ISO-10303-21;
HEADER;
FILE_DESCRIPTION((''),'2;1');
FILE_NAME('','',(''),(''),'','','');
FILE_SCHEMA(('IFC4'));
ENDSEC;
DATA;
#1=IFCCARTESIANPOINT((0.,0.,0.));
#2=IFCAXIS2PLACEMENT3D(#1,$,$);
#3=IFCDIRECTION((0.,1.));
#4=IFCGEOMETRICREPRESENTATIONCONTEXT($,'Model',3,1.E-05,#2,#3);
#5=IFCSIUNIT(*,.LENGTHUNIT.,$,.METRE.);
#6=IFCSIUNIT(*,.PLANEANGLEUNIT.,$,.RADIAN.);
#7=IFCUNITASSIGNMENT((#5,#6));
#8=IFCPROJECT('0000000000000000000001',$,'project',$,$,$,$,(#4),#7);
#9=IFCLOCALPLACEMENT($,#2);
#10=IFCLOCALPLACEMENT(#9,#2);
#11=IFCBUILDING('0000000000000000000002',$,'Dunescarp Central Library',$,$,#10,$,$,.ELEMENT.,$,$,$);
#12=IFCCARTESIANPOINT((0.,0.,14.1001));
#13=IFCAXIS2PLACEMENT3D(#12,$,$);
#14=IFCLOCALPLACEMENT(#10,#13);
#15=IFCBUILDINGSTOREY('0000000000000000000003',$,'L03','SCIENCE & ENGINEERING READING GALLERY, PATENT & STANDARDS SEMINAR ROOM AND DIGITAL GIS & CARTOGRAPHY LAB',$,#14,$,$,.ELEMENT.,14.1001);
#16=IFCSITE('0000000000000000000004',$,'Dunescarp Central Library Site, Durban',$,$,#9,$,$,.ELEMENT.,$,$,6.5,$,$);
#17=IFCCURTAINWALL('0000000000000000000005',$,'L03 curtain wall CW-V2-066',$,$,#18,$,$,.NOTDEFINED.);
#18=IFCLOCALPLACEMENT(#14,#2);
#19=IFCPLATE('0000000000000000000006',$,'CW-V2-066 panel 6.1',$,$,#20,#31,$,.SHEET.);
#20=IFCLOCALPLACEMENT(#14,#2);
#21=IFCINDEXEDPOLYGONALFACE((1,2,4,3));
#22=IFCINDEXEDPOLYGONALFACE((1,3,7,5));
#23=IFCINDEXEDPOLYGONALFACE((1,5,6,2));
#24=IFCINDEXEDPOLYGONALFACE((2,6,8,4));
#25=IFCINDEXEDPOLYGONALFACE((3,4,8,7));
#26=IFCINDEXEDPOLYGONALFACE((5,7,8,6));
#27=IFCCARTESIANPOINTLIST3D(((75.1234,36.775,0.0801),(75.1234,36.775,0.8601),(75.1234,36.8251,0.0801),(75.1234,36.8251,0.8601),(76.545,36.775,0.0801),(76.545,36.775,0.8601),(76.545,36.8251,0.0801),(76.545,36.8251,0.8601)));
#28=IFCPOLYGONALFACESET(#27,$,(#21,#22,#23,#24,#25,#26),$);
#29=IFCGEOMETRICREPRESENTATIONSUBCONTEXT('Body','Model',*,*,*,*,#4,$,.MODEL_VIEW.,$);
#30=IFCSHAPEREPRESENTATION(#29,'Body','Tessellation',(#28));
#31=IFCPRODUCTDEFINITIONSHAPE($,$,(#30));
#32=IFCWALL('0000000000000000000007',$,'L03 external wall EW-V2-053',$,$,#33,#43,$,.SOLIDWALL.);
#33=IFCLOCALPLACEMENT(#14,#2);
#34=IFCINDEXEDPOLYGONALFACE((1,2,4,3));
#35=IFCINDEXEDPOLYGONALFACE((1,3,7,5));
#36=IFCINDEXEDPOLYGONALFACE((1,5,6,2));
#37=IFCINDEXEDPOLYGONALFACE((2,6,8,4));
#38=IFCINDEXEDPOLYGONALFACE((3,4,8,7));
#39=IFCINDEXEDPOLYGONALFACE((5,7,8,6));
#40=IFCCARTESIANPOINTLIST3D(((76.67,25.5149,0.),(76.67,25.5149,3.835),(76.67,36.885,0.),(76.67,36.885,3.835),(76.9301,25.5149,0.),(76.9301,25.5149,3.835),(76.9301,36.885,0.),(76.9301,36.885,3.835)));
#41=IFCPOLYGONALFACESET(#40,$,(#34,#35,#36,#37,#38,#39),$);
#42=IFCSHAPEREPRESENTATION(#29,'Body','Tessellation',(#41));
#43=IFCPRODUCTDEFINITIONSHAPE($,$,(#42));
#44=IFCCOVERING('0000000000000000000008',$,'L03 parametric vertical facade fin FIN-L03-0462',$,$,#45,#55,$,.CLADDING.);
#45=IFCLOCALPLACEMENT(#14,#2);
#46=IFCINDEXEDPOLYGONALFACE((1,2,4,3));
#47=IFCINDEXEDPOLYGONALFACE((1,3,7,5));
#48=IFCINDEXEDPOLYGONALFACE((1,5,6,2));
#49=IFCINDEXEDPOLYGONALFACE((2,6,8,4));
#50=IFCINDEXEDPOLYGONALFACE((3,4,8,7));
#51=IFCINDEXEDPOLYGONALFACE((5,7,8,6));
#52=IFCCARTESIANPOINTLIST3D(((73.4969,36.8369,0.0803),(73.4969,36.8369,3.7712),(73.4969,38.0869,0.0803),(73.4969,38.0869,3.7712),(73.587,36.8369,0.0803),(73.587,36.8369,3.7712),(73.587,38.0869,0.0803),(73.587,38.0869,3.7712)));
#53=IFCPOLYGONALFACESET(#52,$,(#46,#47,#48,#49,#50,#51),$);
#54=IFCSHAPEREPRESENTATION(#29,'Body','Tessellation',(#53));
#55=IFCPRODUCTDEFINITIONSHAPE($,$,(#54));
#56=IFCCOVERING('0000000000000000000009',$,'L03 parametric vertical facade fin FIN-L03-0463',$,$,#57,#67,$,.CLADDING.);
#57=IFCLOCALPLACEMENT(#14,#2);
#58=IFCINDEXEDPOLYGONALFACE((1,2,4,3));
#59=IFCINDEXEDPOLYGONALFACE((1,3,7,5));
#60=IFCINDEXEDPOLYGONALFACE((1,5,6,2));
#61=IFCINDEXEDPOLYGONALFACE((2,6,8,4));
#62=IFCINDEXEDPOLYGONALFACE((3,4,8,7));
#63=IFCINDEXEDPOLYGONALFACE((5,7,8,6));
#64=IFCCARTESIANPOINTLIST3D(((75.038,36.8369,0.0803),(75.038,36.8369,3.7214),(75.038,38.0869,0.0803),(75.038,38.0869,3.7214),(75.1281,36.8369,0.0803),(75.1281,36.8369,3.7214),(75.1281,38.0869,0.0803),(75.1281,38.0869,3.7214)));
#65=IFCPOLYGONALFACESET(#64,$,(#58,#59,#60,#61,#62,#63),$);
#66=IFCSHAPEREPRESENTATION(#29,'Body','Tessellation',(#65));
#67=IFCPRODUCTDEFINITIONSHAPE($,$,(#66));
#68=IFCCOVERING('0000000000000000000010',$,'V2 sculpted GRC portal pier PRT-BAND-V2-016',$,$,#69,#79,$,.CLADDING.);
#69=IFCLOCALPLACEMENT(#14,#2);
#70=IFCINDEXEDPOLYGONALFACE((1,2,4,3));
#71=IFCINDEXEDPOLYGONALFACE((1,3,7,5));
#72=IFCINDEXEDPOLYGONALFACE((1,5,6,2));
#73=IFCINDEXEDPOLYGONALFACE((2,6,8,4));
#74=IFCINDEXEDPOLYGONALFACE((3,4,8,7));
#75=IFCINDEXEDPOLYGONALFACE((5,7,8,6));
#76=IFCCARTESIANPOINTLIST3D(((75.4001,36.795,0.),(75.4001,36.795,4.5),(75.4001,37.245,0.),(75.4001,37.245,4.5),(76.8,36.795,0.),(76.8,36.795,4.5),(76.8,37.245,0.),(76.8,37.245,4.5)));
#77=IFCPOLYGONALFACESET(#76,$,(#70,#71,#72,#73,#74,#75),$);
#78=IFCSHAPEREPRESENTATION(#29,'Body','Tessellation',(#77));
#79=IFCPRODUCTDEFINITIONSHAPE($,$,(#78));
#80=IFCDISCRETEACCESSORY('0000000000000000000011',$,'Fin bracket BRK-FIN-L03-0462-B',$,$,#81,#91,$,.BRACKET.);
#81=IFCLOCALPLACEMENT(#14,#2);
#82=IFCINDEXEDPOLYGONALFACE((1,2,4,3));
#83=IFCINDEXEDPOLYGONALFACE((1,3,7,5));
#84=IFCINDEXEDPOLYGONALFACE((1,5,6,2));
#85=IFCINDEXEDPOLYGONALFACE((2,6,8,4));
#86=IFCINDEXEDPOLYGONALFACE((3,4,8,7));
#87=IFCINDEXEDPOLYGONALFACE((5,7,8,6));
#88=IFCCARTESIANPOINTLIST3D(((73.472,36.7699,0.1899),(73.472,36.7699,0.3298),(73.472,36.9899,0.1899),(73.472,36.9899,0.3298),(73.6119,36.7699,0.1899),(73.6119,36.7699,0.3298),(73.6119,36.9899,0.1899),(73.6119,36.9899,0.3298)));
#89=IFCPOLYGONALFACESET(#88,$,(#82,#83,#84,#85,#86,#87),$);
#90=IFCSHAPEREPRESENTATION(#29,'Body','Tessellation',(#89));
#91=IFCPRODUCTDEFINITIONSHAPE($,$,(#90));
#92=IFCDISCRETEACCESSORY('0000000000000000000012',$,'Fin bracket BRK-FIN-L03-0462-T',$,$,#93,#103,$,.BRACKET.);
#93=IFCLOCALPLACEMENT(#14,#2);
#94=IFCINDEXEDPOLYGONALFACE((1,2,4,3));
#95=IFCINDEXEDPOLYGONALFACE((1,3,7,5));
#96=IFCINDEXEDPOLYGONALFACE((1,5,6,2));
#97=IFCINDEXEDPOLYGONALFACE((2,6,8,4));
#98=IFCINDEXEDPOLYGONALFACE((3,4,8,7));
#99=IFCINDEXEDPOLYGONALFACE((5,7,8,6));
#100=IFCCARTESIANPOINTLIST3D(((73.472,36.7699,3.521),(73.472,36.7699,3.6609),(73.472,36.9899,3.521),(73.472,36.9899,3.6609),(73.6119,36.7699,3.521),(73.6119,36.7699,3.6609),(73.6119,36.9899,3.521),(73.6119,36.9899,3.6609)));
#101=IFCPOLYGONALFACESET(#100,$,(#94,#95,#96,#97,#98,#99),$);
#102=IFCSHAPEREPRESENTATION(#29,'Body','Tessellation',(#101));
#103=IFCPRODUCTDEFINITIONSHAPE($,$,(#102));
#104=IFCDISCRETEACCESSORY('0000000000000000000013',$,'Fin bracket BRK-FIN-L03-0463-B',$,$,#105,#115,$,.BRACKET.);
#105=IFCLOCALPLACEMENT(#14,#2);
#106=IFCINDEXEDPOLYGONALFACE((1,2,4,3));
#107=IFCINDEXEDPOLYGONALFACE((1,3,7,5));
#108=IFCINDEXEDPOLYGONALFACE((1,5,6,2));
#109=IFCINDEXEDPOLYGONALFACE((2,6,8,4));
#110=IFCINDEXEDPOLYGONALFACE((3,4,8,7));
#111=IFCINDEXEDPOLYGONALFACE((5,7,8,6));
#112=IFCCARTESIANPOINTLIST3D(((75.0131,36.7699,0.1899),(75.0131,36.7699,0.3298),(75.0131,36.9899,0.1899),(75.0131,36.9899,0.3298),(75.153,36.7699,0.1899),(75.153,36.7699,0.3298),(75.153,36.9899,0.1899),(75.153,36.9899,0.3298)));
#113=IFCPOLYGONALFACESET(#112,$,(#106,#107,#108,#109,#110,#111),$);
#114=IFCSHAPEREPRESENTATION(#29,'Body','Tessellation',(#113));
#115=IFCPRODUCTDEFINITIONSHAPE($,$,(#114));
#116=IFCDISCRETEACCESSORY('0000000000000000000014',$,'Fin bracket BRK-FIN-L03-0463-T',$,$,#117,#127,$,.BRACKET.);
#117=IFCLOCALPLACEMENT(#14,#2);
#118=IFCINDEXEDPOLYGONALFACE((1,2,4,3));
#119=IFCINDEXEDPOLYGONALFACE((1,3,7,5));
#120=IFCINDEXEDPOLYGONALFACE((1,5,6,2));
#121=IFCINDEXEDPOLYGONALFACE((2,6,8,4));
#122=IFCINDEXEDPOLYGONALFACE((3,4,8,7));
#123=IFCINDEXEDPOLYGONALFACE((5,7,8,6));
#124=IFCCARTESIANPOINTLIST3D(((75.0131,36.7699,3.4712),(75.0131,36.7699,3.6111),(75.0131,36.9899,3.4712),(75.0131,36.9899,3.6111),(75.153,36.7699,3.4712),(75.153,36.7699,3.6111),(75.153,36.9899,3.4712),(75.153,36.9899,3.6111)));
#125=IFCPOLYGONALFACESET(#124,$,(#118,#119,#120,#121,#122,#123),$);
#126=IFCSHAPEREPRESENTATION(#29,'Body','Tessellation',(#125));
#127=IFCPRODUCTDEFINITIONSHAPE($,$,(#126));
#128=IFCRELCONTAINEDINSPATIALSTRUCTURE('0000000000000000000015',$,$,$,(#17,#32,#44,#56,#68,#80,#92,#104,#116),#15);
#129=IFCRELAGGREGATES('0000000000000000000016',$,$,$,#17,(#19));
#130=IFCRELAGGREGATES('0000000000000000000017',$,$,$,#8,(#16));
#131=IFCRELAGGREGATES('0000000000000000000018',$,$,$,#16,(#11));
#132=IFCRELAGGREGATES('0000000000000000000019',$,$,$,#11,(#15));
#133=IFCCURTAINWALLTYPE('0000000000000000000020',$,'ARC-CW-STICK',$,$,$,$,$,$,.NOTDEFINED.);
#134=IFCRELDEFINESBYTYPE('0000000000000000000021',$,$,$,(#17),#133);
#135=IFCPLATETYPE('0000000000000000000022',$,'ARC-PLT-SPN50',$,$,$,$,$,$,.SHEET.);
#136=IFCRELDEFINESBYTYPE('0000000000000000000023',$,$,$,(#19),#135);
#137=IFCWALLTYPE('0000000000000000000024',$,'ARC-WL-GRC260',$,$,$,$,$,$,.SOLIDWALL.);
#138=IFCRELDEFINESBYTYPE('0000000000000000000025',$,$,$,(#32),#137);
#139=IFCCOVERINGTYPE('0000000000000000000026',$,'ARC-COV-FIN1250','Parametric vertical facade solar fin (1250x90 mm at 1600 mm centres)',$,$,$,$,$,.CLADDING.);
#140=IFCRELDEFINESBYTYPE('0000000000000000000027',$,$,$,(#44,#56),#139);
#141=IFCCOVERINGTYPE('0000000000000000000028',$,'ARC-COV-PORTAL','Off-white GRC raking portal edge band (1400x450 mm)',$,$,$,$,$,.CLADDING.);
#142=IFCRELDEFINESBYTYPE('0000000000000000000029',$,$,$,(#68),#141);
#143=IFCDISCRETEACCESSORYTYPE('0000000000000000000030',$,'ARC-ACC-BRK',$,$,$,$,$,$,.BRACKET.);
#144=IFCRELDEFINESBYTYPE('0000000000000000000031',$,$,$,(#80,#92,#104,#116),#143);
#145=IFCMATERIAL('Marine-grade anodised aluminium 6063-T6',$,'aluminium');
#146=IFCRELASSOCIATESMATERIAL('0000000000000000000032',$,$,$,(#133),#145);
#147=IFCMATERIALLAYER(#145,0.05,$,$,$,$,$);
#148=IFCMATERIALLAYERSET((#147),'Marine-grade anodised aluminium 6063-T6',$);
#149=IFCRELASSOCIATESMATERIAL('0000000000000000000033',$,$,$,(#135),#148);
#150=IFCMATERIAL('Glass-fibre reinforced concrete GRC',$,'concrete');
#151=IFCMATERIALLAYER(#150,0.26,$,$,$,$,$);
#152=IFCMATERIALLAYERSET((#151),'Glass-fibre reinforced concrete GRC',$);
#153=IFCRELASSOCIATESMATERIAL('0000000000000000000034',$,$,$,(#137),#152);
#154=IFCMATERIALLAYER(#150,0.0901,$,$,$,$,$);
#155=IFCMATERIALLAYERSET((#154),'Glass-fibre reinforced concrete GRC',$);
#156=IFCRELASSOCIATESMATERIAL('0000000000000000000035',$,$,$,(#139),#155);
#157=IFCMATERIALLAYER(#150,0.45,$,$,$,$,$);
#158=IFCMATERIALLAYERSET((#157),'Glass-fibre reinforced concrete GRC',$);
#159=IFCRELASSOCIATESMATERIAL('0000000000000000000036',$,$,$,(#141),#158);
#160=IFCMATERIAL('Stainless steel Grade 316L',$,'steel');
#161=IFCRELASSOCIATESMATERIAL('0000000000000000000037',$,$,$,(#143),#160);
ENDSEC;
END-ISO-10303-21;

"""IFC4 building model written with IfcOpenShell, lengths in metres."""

from ifc_helpers import new_model, si_unit, direction, frame, frame_2d, origin, origin_2d, place, context, subcontext, project, spatial, rectangle, extrude, material, layer, layer_set, type_object, element, aggregate, save


model = new_model("IFC4")

# Units and contexts
model_context = context("Model", 3, precision=1e-05, world=origin(), true_north=direction((0.0, 1.0)))
body_context = subcontext(model_context, "Body", "Model", "MODEL_VIEW")
ifc_project = project(units=[si_unit("LENGTHUNIT", "METRE"), si_unit("PLANEANGLEUNIT", "RADIAN")], contexts=[model_context])

# Site, building, storey
site_placement = place(None, origin())
site = spatial("IfcSite", under=ifc_project, at=site_placement, Name="Dunescarp Central Library Site, Durban", CompositionType="ELEMENT", RefElevation=6.5)
building_placement = place(site_placement, origin())
building = spatial("IfcBuilding", under=site, at=building_placement, Name="Dunescarp Central Library", CompositionType="ELEMENT")
storey_placement = place(building_placement, frame((0.0, 0.0, 14.1001)))
storey = spatial("IfcBuildingStorey", under=building, at=storey_placement, Name="L03", Description="SCIENCE & ENGINEERING READING GALLERY, PATENT & STANDARDS SEMINAR ROOM AND DIGITAL GIS & CARTOGRAPHY LAB", CompositionType="ELEMENT", Elevation=14.1001)

# Curtain wall, plate
ifc_material_1 = material(Name="Marine-grade anodised aluminium 6063-T6", Category="aluminium")
curtain_wall_type = type_object("IfcCurtainWallType", Name="ARC-CW-STICK", PredefinedType="NOTDEFINED", material=ifc_material_1)
curtain_wall_placement = place(storey_placement, origin())
curtain_wall = element("IfcCurtainWall", 1, at=curtain_wall_placement, inside=storey, type_object=curtain_wall_type, Name="L03 curtain wall CW-V2-066", PredefinedType="NOTDEFINED")
ifc_layer_1 = layer(ifc_material_1, 0.05)
ifc_layer_set_1 = layer_set([ifc_layer_1], Name="Marine-grade anodised aluminium 6063-T6")
plate_type_1 = type_object("IfcPlateType", Name="ARC-PLT-SPN50", PredefinedType="SHEET", material=ifc_layer_set_1)
plate_1_placement = place(storey_placement, frame((75.8342, 36.8, 0.0801), z_axis=(0.0, 0.0, 1.0), x_axis=(1.0, 0.0, 0.0)))
plate_1 = element("IfcPlate", 2, at=plate_1_placement, type_object=plate_type_1, Name="CW-V2-066 panel 6.1", PredefinedType="SHEET", context=body_context, shape_type="SweptSolid", body=[
    extrude(rectangle(XDim=1.4216, YDim=0.05, at=origin_2d()), origin(), (0.0, 0.0, 1.0), 0.78),
])
aggregate(curtain_wall, [plate_1])

# Wall
ifc_material_2 = material(Name="Glass-fibre reinforced concrete GRC", Category="concrete")
ifc_layer_2 = layer(ifc_material_2, 0.26)
ifc_layer_set_2 = layer_set([ifc_layer_2], Name="Glass-fibre reinforced concrete GRC")
wall_type = type_object("IfcWallType", Name="ARC-WL-GRC260", PredefinedType="SOLIDWALL", material=ifc_layer_set_2)
wall_placement = place(storey_placement, frame((76.8, 36.885, 0.0), z_axis=(0.0, 0.0, 1.0), x_axis=(0.0, -1.0, 0.0)))
element("IfcWall", 3, at=wall_placement, inside=storey, type_object=wall_type, Name="L03 external wall EW-V2-053", PredefinedType="SOLIDWALL", context=body_context, shape_type="SweptSolid", body=[
    extrude(rectangle(XDim=11.3701, YDim=0.26, at=frame_2d((5.6851, 0.0))), origin(), (0.0, 0.0, 1.0), 3.835),
])

# Coverings
ifc_layer_3 = layer(ifc_material_2, 0.0901)
ifc_layer_set_3 = layer_set([ifc_layer_3], Name="Glass-fibre reinforced concrete GRC")
covering_type_1 = type_object("IfcCoveringType", Name="ARC-COV-FIN1250", Description="Parametric vertical facade solar fin (1250x90 mm at 1600 mm centres)", PredefinedType="CLADDING", material=ifc_layer_set_3)
covering_1_placement = place(storey_placement, frame((73.542, 37.4619, 0.0803), z_axis=(0.0, 0.0, 1.0), x_axis=(0.0, 1.0, 0.0)))
element("IfcCovering", 4, at=covering_1_placement, inside=storey, type_object=covering_type_1, Name="L03 parametric vertical facade fin FIN-L03-0462", PredefinedType="CLADDING", context=body_context, shape_type="SweptSolid", body=[
    extrude(rectangle(XDim=1.25, YDim=0.0901, at=origin_2d()), origin(), (0.0, 0.0, 1.0), 3.6909),
])
covering_2_placement = place(storey_placement, frame((75.083, 37.4619, 0.0803), z_axis=(0.0, 0.0, 1.0), x_axis=(0.0, 1.0, 0.0)))
element("IfcCovering", 5, at=covering_2_placement, inside=storey, type_object=covering_type_1, Name="L03 parametric vertical facade fin FIN-L03-0463", PredefinedType="CLADDING", context=body_context, shape_type="SweptSolid", body=[
    extrude(rectangle(XDim=1.25, YDim=0.0901, at=origin_2d()), origin(), (0.0, 0.0, 1.0), 3.6411),
])
ifc_layer_4 = layer(ifc_material_2, 0.45)
ifc_layer_set_4 = layer_set([ifc_layer_4], Name="Glass-fibre reinforced concrete GRC")
covering_type_2 = type_object("IfcCoveringType", Name="ARC-COV-PORTAL", Description="Off-white GRC raking portal edge band (1400x450 mm)", PredefinedType="CLADDING", material=ifc_layer_set_4)
covering_3_placement = place(storey_placement, frame((76.1001, 37.02, 0.0), z_axis=(0.0, 0.0, 1.0), x_axis=(1.0, 0.0, 0.0)))
element("IfcCovering", 6, at=covering_3_placement, inside=storey, type_object=covering_type_2, Name="V2 sculpted GRC portal pier PRT-BAND-V2-016", PredefinedType="CLADDING", context=body_context, shape_type="SweptSolid", body=[
    extrude(rectangle(XDim=1.3999, YDim=0.45, at=origin_2d()), origin(), (0.0, 0.0, 1.0), 4.5),
])

# Discrete accessories
ifc_material_3 = material(Name="Stainless steel Grade 316L", Category="steel")
discrete_accessory_type = type_object("IfcDiscreteAccessoryType", Name="ARC-ACC-BRK", PredefinedType="BRACKET", material=ifc_material_3)
for number, where, z_axis, x_axis, name in (
    (7, (73.542, 36.8799, 0.1899), (0.0, 0.0, 1.0), (0.0, 1.0, 0.0), "Fin bracket BRK-FIN-L03-0462-B"),
    (8, (73.542, 36.8799, 3.521), (0.0, 0.0, 1.0), (0.0, 1.0, 0.0), "Fin bracket BRK-FIN-L03-0462-T"),
    (9, (75.083, 36.8799, 0.1899), (0.0, 0.0, 1.0), (0.0, 1.0, 0.0), "Fin bracket BRK-FIN-L03-0463-B"),
    (10, (75.083, 36.8799, 3.4712), (0.0, 0.0, 1.0), (0.0, 1.0, 0.0), "Fin bracket BRK-FIN-L03-0463-T"),
):
    element("IfcDiscreteAccessory", number, at=place(storey_placement, frame(where, z_axis=z_axis, x_axis=x_axis)), inside=storey, type_object=discrete_accessory_type, Name=name, PredefinedType="BRACKET", context=body_context, shape_type="SweptSolid", body=[
        extrude(rectangle(XDim=0.22, YDim=0.1399, at=origin_2d()), origin(), (0.0, 0.0, 1.0), 0.1399),
    ])

save(model, "model.ifc")
